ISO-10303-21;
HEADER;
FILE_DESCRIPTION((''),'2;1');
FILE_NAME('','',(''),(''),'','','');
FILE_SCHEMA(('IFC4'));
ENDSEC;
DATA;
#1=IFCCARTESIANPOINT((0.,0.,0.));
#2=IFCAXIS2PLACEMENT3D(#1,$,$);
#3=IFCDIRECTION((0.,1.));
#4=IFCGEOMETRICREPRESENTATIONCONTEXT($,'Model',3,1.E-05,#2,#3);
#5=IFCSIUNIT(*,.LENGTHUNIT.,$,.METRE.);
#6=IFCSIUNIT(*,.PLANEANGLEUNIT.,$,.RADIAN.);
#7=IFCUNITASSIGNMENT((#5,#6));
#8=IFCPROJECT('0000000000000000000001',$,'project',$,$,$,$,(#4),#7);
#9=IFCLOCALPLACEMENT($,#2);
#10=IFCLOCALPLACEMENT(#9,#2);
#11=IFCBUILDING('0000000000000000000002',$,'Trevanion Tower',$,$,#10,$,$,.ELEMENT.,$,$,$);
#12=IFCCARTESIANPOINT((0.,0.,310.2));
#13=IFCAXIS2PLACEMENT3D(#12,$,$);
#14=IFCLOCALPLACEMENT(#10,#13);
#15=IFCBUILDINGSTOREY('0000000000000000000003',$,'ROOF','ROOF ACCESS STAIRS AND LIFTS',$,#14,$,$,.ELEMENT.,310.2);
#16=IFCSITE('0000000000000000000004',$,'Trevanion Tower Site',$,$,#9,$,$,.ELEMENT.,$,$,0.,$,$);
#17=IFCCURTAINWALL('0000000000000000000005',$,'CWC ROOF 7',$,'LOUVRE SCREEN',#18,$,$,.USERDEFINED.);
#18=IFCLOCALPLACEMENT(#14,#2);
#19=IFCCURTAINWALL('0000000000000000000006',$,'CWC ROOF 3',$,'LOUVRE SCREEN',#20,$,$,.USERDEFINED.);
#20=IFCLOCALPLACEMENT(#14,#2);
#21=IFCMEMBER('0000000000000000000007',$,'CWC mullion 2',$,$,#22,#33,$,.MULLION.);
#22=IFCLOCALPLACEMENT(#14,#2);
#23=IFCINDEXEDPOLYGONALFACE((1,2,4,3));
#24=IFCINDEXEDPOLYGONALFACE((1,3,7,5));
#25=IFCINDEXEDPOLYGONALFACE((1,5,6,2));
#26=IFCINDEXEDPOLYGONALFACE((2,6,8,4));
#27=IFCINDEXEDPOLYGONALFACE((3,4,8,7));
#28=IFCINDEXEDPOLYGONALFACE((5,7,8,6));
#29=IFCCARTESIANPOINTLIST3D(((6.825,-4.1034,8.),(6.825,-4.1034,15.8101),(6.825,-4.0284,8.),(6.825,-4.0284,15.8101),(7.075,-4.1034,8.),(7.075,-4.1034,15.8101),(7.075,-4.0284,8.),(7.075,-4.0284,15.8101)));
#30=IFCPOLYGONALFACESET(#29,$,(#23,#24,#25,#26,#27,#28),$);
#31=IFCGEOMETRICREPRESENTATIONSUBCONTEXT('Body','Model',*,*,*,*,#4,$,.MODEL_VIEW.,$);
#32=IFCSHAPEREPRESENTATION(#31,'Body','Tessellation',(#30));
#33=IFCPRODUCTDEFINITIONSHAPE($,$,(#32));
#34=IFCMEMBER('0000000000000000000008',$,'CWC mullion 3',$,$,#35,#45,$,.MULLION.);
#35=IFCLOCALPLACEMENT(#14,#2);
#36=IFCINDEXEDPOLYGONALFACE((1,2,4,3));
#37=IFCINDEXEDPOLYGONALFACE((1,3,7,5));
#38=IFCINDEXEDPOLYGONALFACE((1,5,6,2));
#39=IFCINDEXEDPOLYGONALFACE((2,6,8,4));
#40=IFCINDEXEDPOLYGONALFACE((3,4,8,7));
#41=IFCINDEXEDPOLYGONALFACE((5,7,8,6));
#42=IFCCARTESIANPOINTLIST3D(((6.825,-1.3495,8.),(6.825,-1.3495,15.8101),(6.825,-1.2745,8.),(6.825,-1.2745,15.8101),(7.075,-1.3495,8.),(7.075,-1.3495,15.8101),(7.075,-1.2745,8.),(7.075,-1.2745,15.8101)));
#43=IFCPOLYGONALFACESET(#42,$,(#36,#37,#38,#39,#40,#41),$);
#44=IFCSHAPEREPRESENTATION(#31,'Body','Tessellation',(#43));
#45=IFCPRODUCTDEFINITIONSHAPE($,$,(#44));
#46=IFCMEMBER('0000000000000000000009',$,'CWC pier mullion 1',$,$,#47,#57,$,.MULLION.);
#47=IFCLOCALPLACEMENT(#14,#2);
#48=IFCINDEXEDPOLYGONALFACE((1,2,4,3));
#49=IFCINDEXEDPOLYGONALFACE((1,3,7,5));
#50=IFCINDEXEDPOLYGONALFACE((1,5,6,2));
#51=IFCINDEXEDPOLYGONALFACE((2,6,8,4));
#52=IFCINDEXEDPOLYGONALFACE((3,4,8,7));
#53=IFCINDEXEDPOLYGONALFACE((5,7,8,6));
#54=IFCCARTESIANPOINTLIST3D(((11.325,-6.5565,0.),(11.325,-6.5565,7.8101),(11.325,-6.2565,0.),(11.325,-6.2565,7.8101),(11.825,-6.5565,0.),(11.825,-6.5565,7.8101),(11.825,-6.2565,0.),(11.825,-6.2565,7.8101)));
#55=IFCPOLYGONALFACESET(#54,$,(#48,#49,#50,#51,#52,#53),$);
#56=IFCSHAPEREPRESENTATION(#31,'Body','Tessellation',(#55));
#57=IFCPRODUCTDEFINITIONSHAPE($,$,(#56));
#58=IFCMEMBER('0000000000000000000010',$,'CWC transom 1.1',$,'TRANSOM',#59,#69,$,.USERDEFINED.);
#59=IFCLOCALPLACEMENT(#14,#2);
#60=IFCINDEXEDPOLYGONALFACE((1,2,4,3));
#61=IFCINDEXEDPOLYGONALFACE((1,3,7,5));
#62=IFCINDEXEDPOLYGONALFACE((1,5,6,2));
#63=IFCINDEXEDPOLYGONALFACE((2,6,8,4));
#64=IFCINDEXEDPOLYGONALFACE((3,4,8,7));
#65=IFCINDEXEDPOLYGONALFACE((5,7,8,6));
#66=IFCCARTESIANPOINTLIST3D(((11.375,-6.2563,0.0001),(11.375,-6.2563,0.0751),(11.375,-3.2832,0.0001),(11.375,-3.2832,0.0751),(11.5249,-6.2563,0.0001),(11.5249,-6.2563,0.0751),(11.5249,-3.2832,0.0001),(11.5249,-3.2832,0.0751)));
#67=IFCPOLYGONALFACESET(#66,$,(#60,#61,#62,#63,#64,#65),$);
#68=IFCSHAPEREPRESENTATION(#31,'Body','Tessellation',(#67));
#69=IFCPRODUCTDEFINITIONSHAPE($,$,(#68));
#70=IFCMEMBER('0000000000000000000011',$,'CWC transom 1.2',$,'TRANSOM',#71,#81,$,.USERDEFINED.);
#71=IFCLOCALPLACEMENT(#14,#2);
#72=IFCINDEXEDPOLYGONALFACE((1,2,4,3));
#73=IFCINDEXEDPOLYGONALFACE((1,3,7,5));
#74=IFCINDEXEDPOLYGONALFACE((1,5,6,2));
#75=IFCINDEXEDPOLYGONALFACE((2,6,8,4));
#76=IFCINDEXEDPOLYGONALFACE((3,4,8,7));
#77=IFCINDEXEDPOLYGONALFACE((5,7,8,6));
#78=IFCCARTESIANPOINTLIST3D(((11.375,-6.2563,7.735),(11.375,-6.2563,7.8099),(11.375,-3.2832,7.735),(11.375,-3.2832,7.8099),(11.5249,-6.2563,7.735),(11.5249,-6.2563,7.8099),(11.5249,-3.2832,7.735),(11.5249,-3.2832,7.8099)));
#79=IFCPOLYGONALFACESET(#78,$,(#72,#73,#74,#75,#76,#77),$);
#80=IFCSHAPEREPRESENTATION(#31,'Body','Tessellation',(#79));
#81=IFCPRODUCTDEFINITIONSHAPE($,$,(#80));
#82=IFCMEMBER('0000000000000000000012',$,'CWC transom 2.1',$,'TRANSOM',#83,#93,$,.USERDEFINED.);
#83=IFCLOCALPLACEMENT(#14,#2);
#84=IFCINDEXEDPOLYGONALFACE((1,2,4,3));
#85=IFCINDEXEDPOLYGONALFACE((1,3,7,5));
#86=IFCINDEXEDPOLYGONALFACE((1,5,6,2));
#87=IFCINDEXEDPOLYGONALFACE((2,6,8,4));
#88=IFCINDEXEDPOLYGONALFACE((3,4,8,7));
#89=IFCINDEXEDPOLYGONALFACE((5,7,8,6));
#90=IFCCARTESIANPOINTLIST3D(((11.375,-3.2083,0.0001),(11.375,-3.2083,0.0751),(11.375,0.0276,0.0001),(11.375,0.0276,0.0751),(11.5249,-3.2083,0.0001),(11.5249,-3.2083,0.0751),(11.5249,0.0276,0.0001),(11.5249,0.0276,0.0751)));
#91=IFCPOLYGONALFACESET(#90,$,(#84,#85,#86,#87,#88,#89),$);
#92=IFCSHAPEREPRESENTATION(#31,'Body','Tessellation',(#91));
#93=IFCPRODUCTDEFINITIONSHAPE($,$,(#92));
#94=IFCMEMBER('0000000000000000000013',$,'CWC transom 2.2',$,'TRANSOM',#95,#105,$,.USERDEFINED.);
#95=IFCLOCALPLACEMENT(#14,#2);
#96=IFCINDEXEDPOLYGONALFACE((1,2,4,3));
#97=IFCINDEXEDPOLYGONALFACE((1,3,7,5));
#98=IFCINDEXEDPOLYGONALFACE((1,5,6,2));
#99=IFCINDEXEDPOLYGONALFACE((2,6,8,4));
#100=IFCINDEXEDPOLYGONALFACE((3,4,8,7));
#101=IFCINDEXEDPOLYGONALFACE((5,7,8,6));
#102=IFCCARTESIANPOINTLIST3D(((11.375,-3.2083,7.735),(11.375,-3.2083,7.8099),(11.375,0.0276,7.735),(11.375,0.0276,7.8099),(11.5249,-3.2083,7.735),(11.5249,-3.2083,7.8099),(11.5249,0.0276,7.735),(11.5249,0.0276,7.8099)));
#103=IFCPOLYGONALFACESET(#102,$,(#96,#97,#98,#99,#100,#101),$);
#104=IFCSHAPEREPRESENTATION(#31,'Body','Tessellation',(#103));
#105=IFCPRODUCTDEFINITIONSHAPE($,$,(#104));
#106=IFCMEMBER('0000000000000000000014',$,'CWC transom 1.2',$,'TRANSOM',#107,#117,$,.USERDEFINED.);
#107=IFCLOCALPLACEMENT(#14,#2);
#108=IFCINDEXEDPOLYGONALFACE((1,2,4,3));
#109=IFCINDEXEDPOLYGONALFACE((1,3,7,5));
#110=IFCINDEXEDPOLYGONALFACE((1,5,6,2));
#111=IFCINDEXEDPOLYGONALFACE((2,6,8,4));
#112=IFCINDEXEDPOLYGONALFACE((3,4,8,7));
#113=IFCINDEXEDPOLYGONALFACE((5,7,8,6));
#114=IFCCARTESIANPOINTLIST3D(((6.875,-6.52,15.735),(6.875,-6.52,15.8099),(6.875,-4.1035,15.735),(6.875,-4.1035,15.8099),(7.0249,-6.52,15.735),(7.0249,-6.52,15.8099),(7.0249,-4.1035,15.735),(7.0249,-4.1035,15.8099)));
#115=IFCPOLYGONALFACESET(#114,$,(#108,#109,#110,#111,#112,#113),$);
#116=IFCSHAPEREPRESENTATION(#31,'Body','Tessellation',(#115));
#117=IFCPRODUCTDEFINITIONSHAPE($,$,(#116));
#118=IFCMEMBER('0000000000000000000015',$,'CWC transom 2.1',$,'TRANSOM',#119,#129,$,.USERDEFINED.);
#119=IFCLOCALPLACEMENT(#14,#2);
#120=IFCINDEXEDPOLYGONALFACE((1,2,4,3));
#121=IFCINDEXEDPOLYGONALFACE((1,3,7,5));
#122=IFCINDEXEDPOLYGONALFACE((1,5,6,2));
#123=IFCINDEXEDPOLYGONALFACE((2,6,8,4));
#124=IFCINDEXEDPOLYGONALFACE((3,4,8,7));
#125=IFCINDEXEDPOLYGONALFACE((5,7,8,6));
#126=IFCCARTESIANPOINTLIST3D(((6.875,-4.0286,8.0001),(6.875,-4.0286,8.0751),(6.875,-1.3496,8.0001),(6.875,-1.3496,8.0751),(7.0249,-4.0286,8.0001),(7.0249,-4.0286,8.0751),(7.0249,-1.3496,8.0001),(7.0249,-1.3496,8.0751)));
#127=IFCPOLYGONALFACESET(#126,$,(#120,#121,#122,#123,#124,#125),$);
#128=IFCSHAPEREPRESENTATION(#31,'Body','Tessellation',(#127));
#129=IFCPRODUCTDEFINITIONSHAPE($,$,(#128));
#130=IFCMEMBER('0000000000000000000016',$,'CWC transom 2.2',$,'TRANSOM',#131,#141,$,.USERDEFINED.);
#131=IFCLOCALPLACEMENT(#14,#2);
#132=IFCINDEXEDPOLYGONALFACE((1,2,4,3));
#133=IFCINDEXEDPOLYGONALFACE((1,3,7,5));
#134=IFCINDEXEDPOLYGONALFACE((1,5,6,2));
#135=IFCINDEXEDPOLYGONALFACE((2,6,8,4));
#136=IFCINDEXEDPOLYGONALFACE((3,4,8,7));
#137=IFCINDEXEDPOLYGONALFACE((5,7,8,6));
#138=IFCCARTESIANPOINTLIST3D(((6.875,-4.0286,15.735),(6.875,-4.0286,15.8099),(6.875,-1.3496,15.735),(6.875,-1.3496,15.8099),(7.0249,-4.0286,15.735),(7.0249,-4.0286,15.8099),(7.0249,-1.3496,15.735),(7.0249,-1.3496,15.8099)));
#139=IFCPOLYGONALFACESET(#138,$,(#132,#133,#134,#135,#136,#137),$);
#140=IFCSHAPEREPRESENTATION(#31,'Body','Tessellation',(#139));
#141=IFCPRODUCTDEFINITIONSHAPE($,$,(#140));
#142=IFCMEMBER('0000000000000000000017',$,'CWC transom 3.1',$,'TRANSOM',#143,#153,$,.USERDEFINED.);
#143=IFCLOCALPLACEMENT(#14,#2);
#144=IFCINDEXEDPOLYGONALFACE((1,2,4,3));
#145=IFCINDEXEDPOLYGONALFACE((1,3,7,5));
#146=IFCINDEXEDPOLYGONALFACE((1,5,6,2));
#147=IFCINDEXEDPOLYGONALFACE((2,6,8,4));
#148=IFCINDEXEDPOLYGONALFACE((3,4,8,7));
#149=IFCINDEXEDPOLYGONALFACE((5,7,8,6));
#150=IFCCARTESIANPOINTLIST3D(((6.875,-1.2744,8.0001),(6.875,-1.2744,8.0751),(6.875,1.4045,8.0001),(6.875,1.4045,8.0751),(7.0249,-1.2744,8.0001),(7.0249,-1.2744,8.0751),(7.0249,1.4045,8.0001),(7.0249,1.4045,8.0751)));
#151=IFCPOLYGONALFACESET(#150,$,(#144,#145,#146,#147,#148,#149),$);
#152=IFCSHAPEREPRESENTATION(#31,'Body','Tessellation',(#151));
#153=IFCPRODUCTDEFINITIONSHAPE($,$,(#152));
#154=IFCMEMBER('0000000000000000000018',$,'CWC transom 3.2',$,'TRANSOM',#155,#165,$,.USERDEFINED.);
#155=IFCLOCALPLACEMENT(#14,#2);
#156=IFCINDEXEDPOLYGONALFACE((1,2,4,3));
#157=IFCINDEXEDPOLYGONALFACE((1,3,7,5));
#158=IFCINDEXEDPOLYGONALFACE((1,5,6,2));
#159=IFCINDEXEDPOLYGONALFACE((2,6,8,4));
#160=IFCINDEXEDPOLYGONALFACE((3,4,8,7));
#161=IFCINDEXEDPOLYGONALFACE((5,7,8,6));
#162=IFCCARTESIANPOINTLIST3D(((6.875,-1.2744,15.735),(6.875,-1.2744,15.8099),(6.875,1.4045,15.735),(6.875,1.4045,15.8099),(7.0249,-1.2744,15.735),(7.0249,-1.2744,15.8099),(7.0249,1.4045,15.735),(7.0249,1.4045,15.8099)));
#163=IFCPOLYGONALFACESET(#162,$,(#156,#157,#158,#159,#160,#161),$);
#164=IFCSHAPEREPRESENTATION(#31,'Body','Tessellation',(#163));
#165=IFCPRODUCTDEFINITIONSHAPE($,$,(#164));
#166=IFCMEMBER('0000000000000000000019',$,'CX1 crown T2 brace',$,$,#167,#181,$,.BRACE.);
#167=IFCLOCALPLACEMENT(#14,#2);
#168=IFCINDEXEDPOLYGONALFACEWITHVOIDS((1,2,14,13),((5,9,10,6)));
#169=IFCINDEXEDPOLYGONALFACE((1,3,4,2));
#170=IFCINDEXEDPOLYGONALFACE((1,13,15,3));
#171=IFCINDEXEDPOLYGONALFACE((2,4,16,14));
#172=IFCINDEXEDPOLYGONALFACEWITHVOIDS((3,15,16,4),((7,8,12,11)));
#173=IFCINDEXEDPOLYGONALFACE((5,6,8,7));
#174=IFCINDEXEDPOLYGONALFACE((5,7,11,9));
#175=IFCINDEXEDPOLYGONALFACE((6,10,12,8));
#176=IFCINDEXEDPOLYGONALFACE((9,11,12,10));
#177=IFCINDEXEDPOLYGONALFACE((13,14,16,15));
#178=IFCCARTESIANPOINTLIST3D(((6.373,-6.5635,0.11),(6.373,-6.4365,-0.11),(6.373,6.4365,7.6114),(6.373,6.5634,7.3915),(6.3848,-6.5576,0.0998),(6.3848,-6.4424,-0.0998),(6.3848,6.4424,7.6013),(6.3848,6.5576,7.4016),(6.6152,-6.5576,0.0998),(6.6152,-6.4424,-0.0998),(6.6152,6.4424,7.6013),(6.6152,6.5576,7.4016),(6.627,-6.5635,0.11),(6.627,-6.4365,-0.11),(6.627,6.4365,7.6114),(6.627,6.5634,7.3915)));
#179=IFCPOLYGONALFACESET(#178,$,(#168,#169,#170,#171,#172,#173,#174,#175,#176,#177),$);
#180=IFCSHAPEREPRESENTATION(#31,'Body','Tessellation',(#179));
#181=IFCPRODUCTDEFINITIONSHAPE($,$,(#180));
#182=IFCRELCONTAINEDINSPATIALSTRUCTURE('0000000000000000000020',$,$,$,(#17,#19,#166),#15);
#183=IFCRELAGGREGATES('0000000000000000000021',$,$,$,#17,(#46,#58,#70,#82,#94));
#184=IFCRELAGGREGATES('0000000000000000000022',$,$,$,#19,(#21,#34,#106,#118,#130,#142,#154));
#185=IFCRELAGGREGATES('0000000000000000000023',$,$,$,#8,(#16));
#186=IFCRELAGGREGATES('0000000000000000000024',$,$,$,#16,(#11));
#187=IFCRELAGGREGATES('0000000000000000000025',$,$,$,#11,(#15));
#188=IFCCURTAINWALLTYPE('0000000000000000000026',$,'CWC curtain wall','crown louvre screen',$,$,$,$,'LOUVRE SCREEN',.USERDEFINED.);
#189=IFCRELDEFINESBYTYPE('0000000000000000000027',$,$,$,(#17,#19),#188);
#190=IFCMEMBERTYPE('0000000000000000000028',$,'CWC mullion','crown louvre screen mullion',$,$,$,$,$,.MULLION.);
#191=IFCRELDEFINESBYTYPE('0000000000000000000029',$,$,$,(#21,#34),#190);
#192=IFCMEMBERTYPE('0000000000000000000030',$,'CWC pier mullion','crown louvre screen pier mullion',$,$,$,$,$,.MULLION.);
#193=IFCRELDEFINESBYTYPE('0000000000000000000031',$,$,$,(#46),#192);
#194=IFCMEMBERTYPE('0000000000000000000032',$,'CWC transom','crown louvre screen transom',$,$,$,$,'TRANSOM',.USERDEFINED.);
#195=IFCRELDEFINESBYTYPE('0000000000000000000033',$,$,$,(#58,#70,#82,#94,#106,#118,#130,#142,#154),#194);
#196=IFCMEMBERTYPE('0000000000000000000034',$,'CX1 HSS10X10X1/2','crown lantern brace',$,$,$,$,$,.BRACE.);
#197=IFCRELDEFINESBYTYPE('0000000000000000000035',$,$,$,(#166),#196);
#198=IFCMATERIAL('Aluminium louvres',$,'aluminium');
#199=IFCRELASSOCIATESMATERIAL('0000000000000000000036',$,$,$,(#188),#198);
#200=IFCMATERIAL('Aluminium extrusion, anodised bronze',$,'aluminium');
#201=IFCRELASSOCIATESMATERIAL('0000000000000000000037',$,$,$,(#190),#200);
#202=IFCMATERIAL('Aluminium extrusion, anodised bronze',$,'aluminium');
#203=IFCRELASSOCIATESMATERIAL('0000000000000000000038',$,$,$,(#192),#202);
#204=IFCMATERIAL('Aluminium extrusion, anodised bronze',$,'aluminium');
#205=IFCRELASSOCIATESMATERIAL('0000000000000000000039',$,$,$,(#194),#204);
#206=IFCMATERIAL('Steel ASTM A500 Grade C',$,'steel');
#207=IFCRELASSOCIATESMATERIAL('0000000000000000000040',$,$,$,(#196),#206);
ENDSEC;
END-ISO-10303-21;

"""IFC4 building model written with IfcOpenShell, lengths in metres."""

from ifc_helpers import new_model, si_unit, direction, frame, origin, origin_2d, place, context, subcontext, project, spatial, rectangle, hollow_rectangle, extrude, material, material_profile, profile_set, type_object, element, aggregate, save


model = new_model("IFC4")

# Units and contexts
model_context = context("Model", 3, precision=1e-05, world=origin(), true_north=direction((0.0, 1.0)))
body_context = subcontext(model_context, "Body", "Model", "MODEL_VIEW")
ifc_project = project(units=[si_unit("LENGTHUNIT", "METRE"), si_unit("PLANEANGLEUNIT", "RADIAN")], contexts=[model_context])

# Site, building, storey
site_placement = place(None, origin())
site = spatial("IfcSite", under=ifc_project, at=site_placement, Name="Trevanion Tower Site", CompositionType="ELEMENT", RefElevation=0.0)
building_placement = place(site_placement, origin())
building = spatial("IfcBuilding", under=site, at=building_placement, Name="Trevanion Tower", CompositionType="ELEMENT")
storey_placement = place(building_placement, frame((0.0, 0.0, 310.2)))
storey = spatial("IfcBuildingStorey", under=building, at=storey_placement, Name="ROOF", Description="ROOF ACCESS STAIRS AND LIFTS", CompositionType="ELEMENT", Elevation=310.2)

# Curtain wall
ifc_material_1 = material(Name="Aluminium louvres", Category="aluminium")
curtain_wall_type = type_object("IfcCurtainWallType", Name="CWC curtain wall", Description="crown louvre screen", ElementType="LOUVRE SCREEN", PredefinedType="USERDEFINED", material=ifc_material_1)
curtain_wall_1_placement = place(storey_placement, origin())
curtain_wall_1 = element("IfcCurtainWall", 1, at=curtain_wall_1_placement, inside=storey, type_object=curtain_wall_type, Name="CWC ROOF 7", ObjectType="LOUVRE SCREEN", PredefinedType="USERDEFINED")
ifc_material_2 = material(Name="Aluminium extrusion, anodised bronze", Category="aluminium")
ifc_material_profile_1 = material_profile(ifc_material_2, rectangle(XDim=0.075, YDim=0.25, at=origin_2d()), Name="CWC mullion")
ifc_profile_set_1 = profile_set([ifc_material_profile_1], Name="Aluminium extrusion, anodised bronze")
member_type_1 = type_object("IfcMemberType", Name="CWC mullion", Description="crown louvre screen mullion", PredefinedType="MULLION", material=ifc_profile_set_1)

# Curtain wall, members
curtain_wall_2_placement = place(storey_placement, origin())
curtain_wall_2 = element("IfcCurtainWall", 2, at=curtain_wall_2_placement, inside=storey, type_object=curtain_wall_type, Name="CWC ROOF 3", ObjectType="LOUVRE SCREEN", PredefinedType="USERDEFINED")
member_1_placement = place(storey_placement, frame((6.95, -4.0659, 8.0), z_axis=(0.0, 0.0, 1.0), x_axis=(0.0, 1.0, 0.0)))
member_1 = element("IfcMember", 3, at=member_1_placement, type_object=member_type_1, Name="CWC mullion 2", PredefinedType="MULLION", context=body_context, shape_type="SweptSolid", body=[
    extrude(rectangle(XDim=0.075, YDim=0.25, at=origin_2d()), origin(), (0.0, 0.0, 1.0), 7.8101),
])
member_2_placement = place(storey_placement, frame((6.95, -1.312, 8.0), z_axis=(0.0, 0.0, 1.0), x_axis=(0.0, 1.0, 0.0)))
member_2 = element("IfcMember", 4, at=member_2_placement, type_object=member_type_1, Name="CWC mullion 3", PredefinedType="MULLION", context=body_context, shape_type="SweptSolid", body=[
    extrude(rectangle(XDim=0.075, YDim=0.25, at=origin_2d()), origin(), (0.0, 0.0, 1.0), 7.8101),
])

# Members
ifc_material_3 = material(Name="Aluminium extrusion, anodised bronze", Category="aluminium")
ifc_material_profile_2 = material_profile(ifc_material_3, rectangle(XDim=0.3, YDim=0.5, at=origin_2d()), Name="CWC pier mullion")
ifc_profile_set_2 = profile_set([ifc_material_profile_2], Name="Aluminium extrusion, anodised bronze")
member_type_2 = type_object("IfcMemberType", Name="CWC pier mullion", Description="crown louvre screen pier mullion", PredefinedType="MULLION", material=ifc_profile_set_2)
member_3_placement = place(storey_placement, frame((11.575, -6.4065, 0.0), z_axis=(0.0, 0.0, 1.0), x_axis=(0.0, 1.0, 0.0)))
member_3 = element("IfcMember", 5, at=member_3_placement, type_object=member_type_2, Name="CWC pier mullion 1", PredefinedType="MULLION", context=body_context, shape_type="SweptSolid", body=[
    extrude(rectangle(XDim=0.3, YDim=0.5, at=origin_2d()), origin(), (0.0, 0.0, 1.0), 7.8101),
])
ifc_material_4 = material(Name="Aluminium extrusion, anodised bronze", Category="aluminium")
ifc_material_profile_3 = material_profile(ifc_material_4, rectangle(XDim=0.1499, YDim=0.075, at=origin_2d()), Name="CWC transom")
ifc_profile_set_3 = profile_set([ifc_material_profile_3], Name="Aluminium extrusion, anodised bronze")
member_type_3 = type_object("IfcMemberType", Name="CWC transom", Description="crown louvre screen transom", ElementType="TRANSOM", PredefinedType="USERDEFINED", material=ifc_profile_set_3)
member_4_placement = place(storey_placement, frame((11.45, -6.2563, 0.0376), z_axis=(0.0, 1.0, 0.0), x_axis=(-1.0, 0.0, 0.0)))
member_4 = element("IfcMember", 6, at=member_4_placement, type_object=member_type_3, Name="CWC transom 1.1", ObjectType="TRANSOM", PredefinedType="USERDEFINED", context=body_context, shape_type="SweptSolid", body=[
    extrude(rectangle(XDim=0.1499, YDim=0.075, at=origin_2d()), origin(), (0.0, 0.0, 1.0), 2.9731),
])
member_5_placement = place(storey_placement, frame((11.45, -6.2563, 7.7725), z_axis=(0.0, 1.0, 0.0), x_axis=(-1.0, 0.0, 0.0)))
member_5 = element("IfcMember", 7, at=member_5_placement, type_object=member_type_3, Name="CWC transom 1.2", ObjectType="TRANSOM", PredefinedType="USERDEFINED", context=body_context, shape_type="SweptSolid", body=[
    extrude(rectangle(XDim=0.1499, YDim=0.075, at=origin_2d()), origin(), (0.0, 0.0, 1.0), 2.9731),
])
member_6_placement = place(storey_placement, frame((11.45, -3.2083, 0.0376), z_axis=(0.0, 1.0, 0.0), x_axis=(-1.0, 0.0, 0.0)))
member_6 = element("IfcMember", 8, at=member_6_placement, type_object=member_type_3, Name="CWC transom 2.1", ObjectType="TRANSOM", PredefinedType="USERDEFINED", context=body_context, shape_type="SweptSolid", body=[
    extrude(rectangle(XDim=0.1499, YDim=0.075, at=origin_2d()), origin(), (0.0, 0.0, 1.0), 3.2358),
])
member_7_placement = place(storey_placement, frame((11.45, -3.2083, 7.7725), z_axis=(0.0, 1.0, 0.0), x_axis=(-1.0, 0.0, 0.0)))
member_7 = element("IfcMember", 9, at=member_7_placement, type_object=member_type_3, Name="CWC transom 2.2", ObjectType="TRANSOM", PredefinedType="USERDEFINED", context=body_context, shape_type="SweptSolid", body=[
    extrude(rectangle(XDim=0.1499, YDim=0.075, at=origin_2d()), origin(), (0.0, 0.0, 1.0), 3.2358),
])
member_8_placement = place(storey_placement, frame((6.95, -6.52, 15.7725), z_axis=(0.0, 1.0, 0.0), x_axis=(-1.0, 0.0, 0.0)))
member_8 = element("IfcMember", 10, at=member_8_placement, type_object=member_type_3, Name="CWC transom 1.2", ObjectType="TRANSOM", PredefinedType="USERDEFINED", context=body_context, shape_type="SweptSolid", body=[
    extrude(rectangle(XDim=0.1499, YDim=0.075, at=origin_2d()), origin(), (0.0, 0.0, 1.0), 2.4165),
])
member_9_placement = place(storey_placement, frame((6.95, -4.0286, 8.0376), z_axis=(0.0, 1.0, 0.0), x_axis=(-1.0, 0.0, 0.0)))
member_9 = element("IfcMember", 11, at=member_9_placement, type_object=member_type_3, Name="CWC transom 2.1", ObjectType="TRANSOM", PredefinedType="USERDEFINED", context=body_context, shape_type="SweptSolid", body=[
    extrude(rectangle(XDim=0.1499, YDim=0.075, at=origin_2d()), origin(), (0.0, 0.0, 1.0), 2.679),
])
member_10_placement = place(storey_placement, frame((6.95, -4.0286, 15.7725), z_axis=(0.0, 1.0, 0.0), x_axis=(-1.0, 0.0, 0.0)))
member_10 = element("IfcMember", 12, at=member_10_placement, type_object=member_type_3, Name="CWC transom 2.2", ObjectType="TRANSOM", PredefinedType="USERDEFINED", context=body_context, shape_type="SweptSolid", body=[
    extrude(rectangle(XDim=0.1499, YDim=0.075, at=origin_2d()), origin(), (0.0, 0.0, 1.0), 2.679),
])
member_11_placement = place(storey_placement, frame((6.95, -1.2744, 8.0376), z_axis=(0.0, 1.0, 0.0), x_axis=(-1.0, 0.0, 0.0)))
member_11 = element("IfcMember", 13, at=member_11_placement, type_object=member_type_3, Name="CWC transom 3.1", ObjectType="TRANSOM", PredefinedType="USERDEFINED", context=body_context, shape_type="SweptSolid", body=[
    extrude(rectangle(XDim=0.1499, YDim=0.075, at=origin_2d()), origin(), (0.0, 0.0, 1.0), 2.679),
])
member_12_placement = place(storey_placement, frame((6.95, -1.2744, 15.7725), z_axis=(0.0, 1.0, 0.0), x_axis=(-1.0, 0.0, 0.0)))
member_12 = element("IfcMember", 14, at=member_12_placement, type_object=member_type_3, Name="CWC transom 3.2", ObjectType="TRANSOM", PredefinedType="USERDEFINED", context=body_context, shape_type="SweptSolid", body=[
    extrude(rectangle(XDim=0.1499, YDim=0.075, at=origin_2d()), origin(), (0.0, 0.0, 1.0), 2.679),
])

# Member
ifc_material_5 = material(Name="Steel ASTM A500 Grade C", Category="steel")
ifc_material_profile_4 = material_profile(ifc_material_5, hollow_rectangle(XDim=0.2539, YDim=0.2539, WallThickness=0.0117, at=origin_2d()), Name="HSS10X10X1/2")
ifc_profile_set_4 = profile_set([ifc_material_profile_4], Name="Steel ASTM A500 Grade C")
member_type_4 = type_object("IfcMemberType", Name="CX1 HSS10X10X1/2", Description="crown lantern brace", PredefinedType="BRACE", material=ifc_profile_set_4)
member_13_placement = place(storey_placement, frame((6.5, -6.5, 0.0), z_axis=(0.0, 0.866143, 0.499796), x_axis=(-1.0, 0.0, 0.0)))
element("IfcMember", 15, at=member_13_placement, inside=storey, type_object=member_type_4, Name="CX1 crown T2 brace", PredefinedType="BRACE", context=body_context, shape_type="SweptSolid", body=[
    extrude(hollow_rectangle(XDim=0.2539, YDim=0.2539, WallThickness=0.0117, at=origin_2d()), origin(), (0.0, 0.0, 1.0), 15.009),
])

aggregate(curtain_wall_1, [member_3, member_4, member_5, member_6, member_7])
aggregate(curtain_wall_2, [member_1, member_2, member_8, member_9, member_10, member_11, member_12])

save(model, "model.ifc")
